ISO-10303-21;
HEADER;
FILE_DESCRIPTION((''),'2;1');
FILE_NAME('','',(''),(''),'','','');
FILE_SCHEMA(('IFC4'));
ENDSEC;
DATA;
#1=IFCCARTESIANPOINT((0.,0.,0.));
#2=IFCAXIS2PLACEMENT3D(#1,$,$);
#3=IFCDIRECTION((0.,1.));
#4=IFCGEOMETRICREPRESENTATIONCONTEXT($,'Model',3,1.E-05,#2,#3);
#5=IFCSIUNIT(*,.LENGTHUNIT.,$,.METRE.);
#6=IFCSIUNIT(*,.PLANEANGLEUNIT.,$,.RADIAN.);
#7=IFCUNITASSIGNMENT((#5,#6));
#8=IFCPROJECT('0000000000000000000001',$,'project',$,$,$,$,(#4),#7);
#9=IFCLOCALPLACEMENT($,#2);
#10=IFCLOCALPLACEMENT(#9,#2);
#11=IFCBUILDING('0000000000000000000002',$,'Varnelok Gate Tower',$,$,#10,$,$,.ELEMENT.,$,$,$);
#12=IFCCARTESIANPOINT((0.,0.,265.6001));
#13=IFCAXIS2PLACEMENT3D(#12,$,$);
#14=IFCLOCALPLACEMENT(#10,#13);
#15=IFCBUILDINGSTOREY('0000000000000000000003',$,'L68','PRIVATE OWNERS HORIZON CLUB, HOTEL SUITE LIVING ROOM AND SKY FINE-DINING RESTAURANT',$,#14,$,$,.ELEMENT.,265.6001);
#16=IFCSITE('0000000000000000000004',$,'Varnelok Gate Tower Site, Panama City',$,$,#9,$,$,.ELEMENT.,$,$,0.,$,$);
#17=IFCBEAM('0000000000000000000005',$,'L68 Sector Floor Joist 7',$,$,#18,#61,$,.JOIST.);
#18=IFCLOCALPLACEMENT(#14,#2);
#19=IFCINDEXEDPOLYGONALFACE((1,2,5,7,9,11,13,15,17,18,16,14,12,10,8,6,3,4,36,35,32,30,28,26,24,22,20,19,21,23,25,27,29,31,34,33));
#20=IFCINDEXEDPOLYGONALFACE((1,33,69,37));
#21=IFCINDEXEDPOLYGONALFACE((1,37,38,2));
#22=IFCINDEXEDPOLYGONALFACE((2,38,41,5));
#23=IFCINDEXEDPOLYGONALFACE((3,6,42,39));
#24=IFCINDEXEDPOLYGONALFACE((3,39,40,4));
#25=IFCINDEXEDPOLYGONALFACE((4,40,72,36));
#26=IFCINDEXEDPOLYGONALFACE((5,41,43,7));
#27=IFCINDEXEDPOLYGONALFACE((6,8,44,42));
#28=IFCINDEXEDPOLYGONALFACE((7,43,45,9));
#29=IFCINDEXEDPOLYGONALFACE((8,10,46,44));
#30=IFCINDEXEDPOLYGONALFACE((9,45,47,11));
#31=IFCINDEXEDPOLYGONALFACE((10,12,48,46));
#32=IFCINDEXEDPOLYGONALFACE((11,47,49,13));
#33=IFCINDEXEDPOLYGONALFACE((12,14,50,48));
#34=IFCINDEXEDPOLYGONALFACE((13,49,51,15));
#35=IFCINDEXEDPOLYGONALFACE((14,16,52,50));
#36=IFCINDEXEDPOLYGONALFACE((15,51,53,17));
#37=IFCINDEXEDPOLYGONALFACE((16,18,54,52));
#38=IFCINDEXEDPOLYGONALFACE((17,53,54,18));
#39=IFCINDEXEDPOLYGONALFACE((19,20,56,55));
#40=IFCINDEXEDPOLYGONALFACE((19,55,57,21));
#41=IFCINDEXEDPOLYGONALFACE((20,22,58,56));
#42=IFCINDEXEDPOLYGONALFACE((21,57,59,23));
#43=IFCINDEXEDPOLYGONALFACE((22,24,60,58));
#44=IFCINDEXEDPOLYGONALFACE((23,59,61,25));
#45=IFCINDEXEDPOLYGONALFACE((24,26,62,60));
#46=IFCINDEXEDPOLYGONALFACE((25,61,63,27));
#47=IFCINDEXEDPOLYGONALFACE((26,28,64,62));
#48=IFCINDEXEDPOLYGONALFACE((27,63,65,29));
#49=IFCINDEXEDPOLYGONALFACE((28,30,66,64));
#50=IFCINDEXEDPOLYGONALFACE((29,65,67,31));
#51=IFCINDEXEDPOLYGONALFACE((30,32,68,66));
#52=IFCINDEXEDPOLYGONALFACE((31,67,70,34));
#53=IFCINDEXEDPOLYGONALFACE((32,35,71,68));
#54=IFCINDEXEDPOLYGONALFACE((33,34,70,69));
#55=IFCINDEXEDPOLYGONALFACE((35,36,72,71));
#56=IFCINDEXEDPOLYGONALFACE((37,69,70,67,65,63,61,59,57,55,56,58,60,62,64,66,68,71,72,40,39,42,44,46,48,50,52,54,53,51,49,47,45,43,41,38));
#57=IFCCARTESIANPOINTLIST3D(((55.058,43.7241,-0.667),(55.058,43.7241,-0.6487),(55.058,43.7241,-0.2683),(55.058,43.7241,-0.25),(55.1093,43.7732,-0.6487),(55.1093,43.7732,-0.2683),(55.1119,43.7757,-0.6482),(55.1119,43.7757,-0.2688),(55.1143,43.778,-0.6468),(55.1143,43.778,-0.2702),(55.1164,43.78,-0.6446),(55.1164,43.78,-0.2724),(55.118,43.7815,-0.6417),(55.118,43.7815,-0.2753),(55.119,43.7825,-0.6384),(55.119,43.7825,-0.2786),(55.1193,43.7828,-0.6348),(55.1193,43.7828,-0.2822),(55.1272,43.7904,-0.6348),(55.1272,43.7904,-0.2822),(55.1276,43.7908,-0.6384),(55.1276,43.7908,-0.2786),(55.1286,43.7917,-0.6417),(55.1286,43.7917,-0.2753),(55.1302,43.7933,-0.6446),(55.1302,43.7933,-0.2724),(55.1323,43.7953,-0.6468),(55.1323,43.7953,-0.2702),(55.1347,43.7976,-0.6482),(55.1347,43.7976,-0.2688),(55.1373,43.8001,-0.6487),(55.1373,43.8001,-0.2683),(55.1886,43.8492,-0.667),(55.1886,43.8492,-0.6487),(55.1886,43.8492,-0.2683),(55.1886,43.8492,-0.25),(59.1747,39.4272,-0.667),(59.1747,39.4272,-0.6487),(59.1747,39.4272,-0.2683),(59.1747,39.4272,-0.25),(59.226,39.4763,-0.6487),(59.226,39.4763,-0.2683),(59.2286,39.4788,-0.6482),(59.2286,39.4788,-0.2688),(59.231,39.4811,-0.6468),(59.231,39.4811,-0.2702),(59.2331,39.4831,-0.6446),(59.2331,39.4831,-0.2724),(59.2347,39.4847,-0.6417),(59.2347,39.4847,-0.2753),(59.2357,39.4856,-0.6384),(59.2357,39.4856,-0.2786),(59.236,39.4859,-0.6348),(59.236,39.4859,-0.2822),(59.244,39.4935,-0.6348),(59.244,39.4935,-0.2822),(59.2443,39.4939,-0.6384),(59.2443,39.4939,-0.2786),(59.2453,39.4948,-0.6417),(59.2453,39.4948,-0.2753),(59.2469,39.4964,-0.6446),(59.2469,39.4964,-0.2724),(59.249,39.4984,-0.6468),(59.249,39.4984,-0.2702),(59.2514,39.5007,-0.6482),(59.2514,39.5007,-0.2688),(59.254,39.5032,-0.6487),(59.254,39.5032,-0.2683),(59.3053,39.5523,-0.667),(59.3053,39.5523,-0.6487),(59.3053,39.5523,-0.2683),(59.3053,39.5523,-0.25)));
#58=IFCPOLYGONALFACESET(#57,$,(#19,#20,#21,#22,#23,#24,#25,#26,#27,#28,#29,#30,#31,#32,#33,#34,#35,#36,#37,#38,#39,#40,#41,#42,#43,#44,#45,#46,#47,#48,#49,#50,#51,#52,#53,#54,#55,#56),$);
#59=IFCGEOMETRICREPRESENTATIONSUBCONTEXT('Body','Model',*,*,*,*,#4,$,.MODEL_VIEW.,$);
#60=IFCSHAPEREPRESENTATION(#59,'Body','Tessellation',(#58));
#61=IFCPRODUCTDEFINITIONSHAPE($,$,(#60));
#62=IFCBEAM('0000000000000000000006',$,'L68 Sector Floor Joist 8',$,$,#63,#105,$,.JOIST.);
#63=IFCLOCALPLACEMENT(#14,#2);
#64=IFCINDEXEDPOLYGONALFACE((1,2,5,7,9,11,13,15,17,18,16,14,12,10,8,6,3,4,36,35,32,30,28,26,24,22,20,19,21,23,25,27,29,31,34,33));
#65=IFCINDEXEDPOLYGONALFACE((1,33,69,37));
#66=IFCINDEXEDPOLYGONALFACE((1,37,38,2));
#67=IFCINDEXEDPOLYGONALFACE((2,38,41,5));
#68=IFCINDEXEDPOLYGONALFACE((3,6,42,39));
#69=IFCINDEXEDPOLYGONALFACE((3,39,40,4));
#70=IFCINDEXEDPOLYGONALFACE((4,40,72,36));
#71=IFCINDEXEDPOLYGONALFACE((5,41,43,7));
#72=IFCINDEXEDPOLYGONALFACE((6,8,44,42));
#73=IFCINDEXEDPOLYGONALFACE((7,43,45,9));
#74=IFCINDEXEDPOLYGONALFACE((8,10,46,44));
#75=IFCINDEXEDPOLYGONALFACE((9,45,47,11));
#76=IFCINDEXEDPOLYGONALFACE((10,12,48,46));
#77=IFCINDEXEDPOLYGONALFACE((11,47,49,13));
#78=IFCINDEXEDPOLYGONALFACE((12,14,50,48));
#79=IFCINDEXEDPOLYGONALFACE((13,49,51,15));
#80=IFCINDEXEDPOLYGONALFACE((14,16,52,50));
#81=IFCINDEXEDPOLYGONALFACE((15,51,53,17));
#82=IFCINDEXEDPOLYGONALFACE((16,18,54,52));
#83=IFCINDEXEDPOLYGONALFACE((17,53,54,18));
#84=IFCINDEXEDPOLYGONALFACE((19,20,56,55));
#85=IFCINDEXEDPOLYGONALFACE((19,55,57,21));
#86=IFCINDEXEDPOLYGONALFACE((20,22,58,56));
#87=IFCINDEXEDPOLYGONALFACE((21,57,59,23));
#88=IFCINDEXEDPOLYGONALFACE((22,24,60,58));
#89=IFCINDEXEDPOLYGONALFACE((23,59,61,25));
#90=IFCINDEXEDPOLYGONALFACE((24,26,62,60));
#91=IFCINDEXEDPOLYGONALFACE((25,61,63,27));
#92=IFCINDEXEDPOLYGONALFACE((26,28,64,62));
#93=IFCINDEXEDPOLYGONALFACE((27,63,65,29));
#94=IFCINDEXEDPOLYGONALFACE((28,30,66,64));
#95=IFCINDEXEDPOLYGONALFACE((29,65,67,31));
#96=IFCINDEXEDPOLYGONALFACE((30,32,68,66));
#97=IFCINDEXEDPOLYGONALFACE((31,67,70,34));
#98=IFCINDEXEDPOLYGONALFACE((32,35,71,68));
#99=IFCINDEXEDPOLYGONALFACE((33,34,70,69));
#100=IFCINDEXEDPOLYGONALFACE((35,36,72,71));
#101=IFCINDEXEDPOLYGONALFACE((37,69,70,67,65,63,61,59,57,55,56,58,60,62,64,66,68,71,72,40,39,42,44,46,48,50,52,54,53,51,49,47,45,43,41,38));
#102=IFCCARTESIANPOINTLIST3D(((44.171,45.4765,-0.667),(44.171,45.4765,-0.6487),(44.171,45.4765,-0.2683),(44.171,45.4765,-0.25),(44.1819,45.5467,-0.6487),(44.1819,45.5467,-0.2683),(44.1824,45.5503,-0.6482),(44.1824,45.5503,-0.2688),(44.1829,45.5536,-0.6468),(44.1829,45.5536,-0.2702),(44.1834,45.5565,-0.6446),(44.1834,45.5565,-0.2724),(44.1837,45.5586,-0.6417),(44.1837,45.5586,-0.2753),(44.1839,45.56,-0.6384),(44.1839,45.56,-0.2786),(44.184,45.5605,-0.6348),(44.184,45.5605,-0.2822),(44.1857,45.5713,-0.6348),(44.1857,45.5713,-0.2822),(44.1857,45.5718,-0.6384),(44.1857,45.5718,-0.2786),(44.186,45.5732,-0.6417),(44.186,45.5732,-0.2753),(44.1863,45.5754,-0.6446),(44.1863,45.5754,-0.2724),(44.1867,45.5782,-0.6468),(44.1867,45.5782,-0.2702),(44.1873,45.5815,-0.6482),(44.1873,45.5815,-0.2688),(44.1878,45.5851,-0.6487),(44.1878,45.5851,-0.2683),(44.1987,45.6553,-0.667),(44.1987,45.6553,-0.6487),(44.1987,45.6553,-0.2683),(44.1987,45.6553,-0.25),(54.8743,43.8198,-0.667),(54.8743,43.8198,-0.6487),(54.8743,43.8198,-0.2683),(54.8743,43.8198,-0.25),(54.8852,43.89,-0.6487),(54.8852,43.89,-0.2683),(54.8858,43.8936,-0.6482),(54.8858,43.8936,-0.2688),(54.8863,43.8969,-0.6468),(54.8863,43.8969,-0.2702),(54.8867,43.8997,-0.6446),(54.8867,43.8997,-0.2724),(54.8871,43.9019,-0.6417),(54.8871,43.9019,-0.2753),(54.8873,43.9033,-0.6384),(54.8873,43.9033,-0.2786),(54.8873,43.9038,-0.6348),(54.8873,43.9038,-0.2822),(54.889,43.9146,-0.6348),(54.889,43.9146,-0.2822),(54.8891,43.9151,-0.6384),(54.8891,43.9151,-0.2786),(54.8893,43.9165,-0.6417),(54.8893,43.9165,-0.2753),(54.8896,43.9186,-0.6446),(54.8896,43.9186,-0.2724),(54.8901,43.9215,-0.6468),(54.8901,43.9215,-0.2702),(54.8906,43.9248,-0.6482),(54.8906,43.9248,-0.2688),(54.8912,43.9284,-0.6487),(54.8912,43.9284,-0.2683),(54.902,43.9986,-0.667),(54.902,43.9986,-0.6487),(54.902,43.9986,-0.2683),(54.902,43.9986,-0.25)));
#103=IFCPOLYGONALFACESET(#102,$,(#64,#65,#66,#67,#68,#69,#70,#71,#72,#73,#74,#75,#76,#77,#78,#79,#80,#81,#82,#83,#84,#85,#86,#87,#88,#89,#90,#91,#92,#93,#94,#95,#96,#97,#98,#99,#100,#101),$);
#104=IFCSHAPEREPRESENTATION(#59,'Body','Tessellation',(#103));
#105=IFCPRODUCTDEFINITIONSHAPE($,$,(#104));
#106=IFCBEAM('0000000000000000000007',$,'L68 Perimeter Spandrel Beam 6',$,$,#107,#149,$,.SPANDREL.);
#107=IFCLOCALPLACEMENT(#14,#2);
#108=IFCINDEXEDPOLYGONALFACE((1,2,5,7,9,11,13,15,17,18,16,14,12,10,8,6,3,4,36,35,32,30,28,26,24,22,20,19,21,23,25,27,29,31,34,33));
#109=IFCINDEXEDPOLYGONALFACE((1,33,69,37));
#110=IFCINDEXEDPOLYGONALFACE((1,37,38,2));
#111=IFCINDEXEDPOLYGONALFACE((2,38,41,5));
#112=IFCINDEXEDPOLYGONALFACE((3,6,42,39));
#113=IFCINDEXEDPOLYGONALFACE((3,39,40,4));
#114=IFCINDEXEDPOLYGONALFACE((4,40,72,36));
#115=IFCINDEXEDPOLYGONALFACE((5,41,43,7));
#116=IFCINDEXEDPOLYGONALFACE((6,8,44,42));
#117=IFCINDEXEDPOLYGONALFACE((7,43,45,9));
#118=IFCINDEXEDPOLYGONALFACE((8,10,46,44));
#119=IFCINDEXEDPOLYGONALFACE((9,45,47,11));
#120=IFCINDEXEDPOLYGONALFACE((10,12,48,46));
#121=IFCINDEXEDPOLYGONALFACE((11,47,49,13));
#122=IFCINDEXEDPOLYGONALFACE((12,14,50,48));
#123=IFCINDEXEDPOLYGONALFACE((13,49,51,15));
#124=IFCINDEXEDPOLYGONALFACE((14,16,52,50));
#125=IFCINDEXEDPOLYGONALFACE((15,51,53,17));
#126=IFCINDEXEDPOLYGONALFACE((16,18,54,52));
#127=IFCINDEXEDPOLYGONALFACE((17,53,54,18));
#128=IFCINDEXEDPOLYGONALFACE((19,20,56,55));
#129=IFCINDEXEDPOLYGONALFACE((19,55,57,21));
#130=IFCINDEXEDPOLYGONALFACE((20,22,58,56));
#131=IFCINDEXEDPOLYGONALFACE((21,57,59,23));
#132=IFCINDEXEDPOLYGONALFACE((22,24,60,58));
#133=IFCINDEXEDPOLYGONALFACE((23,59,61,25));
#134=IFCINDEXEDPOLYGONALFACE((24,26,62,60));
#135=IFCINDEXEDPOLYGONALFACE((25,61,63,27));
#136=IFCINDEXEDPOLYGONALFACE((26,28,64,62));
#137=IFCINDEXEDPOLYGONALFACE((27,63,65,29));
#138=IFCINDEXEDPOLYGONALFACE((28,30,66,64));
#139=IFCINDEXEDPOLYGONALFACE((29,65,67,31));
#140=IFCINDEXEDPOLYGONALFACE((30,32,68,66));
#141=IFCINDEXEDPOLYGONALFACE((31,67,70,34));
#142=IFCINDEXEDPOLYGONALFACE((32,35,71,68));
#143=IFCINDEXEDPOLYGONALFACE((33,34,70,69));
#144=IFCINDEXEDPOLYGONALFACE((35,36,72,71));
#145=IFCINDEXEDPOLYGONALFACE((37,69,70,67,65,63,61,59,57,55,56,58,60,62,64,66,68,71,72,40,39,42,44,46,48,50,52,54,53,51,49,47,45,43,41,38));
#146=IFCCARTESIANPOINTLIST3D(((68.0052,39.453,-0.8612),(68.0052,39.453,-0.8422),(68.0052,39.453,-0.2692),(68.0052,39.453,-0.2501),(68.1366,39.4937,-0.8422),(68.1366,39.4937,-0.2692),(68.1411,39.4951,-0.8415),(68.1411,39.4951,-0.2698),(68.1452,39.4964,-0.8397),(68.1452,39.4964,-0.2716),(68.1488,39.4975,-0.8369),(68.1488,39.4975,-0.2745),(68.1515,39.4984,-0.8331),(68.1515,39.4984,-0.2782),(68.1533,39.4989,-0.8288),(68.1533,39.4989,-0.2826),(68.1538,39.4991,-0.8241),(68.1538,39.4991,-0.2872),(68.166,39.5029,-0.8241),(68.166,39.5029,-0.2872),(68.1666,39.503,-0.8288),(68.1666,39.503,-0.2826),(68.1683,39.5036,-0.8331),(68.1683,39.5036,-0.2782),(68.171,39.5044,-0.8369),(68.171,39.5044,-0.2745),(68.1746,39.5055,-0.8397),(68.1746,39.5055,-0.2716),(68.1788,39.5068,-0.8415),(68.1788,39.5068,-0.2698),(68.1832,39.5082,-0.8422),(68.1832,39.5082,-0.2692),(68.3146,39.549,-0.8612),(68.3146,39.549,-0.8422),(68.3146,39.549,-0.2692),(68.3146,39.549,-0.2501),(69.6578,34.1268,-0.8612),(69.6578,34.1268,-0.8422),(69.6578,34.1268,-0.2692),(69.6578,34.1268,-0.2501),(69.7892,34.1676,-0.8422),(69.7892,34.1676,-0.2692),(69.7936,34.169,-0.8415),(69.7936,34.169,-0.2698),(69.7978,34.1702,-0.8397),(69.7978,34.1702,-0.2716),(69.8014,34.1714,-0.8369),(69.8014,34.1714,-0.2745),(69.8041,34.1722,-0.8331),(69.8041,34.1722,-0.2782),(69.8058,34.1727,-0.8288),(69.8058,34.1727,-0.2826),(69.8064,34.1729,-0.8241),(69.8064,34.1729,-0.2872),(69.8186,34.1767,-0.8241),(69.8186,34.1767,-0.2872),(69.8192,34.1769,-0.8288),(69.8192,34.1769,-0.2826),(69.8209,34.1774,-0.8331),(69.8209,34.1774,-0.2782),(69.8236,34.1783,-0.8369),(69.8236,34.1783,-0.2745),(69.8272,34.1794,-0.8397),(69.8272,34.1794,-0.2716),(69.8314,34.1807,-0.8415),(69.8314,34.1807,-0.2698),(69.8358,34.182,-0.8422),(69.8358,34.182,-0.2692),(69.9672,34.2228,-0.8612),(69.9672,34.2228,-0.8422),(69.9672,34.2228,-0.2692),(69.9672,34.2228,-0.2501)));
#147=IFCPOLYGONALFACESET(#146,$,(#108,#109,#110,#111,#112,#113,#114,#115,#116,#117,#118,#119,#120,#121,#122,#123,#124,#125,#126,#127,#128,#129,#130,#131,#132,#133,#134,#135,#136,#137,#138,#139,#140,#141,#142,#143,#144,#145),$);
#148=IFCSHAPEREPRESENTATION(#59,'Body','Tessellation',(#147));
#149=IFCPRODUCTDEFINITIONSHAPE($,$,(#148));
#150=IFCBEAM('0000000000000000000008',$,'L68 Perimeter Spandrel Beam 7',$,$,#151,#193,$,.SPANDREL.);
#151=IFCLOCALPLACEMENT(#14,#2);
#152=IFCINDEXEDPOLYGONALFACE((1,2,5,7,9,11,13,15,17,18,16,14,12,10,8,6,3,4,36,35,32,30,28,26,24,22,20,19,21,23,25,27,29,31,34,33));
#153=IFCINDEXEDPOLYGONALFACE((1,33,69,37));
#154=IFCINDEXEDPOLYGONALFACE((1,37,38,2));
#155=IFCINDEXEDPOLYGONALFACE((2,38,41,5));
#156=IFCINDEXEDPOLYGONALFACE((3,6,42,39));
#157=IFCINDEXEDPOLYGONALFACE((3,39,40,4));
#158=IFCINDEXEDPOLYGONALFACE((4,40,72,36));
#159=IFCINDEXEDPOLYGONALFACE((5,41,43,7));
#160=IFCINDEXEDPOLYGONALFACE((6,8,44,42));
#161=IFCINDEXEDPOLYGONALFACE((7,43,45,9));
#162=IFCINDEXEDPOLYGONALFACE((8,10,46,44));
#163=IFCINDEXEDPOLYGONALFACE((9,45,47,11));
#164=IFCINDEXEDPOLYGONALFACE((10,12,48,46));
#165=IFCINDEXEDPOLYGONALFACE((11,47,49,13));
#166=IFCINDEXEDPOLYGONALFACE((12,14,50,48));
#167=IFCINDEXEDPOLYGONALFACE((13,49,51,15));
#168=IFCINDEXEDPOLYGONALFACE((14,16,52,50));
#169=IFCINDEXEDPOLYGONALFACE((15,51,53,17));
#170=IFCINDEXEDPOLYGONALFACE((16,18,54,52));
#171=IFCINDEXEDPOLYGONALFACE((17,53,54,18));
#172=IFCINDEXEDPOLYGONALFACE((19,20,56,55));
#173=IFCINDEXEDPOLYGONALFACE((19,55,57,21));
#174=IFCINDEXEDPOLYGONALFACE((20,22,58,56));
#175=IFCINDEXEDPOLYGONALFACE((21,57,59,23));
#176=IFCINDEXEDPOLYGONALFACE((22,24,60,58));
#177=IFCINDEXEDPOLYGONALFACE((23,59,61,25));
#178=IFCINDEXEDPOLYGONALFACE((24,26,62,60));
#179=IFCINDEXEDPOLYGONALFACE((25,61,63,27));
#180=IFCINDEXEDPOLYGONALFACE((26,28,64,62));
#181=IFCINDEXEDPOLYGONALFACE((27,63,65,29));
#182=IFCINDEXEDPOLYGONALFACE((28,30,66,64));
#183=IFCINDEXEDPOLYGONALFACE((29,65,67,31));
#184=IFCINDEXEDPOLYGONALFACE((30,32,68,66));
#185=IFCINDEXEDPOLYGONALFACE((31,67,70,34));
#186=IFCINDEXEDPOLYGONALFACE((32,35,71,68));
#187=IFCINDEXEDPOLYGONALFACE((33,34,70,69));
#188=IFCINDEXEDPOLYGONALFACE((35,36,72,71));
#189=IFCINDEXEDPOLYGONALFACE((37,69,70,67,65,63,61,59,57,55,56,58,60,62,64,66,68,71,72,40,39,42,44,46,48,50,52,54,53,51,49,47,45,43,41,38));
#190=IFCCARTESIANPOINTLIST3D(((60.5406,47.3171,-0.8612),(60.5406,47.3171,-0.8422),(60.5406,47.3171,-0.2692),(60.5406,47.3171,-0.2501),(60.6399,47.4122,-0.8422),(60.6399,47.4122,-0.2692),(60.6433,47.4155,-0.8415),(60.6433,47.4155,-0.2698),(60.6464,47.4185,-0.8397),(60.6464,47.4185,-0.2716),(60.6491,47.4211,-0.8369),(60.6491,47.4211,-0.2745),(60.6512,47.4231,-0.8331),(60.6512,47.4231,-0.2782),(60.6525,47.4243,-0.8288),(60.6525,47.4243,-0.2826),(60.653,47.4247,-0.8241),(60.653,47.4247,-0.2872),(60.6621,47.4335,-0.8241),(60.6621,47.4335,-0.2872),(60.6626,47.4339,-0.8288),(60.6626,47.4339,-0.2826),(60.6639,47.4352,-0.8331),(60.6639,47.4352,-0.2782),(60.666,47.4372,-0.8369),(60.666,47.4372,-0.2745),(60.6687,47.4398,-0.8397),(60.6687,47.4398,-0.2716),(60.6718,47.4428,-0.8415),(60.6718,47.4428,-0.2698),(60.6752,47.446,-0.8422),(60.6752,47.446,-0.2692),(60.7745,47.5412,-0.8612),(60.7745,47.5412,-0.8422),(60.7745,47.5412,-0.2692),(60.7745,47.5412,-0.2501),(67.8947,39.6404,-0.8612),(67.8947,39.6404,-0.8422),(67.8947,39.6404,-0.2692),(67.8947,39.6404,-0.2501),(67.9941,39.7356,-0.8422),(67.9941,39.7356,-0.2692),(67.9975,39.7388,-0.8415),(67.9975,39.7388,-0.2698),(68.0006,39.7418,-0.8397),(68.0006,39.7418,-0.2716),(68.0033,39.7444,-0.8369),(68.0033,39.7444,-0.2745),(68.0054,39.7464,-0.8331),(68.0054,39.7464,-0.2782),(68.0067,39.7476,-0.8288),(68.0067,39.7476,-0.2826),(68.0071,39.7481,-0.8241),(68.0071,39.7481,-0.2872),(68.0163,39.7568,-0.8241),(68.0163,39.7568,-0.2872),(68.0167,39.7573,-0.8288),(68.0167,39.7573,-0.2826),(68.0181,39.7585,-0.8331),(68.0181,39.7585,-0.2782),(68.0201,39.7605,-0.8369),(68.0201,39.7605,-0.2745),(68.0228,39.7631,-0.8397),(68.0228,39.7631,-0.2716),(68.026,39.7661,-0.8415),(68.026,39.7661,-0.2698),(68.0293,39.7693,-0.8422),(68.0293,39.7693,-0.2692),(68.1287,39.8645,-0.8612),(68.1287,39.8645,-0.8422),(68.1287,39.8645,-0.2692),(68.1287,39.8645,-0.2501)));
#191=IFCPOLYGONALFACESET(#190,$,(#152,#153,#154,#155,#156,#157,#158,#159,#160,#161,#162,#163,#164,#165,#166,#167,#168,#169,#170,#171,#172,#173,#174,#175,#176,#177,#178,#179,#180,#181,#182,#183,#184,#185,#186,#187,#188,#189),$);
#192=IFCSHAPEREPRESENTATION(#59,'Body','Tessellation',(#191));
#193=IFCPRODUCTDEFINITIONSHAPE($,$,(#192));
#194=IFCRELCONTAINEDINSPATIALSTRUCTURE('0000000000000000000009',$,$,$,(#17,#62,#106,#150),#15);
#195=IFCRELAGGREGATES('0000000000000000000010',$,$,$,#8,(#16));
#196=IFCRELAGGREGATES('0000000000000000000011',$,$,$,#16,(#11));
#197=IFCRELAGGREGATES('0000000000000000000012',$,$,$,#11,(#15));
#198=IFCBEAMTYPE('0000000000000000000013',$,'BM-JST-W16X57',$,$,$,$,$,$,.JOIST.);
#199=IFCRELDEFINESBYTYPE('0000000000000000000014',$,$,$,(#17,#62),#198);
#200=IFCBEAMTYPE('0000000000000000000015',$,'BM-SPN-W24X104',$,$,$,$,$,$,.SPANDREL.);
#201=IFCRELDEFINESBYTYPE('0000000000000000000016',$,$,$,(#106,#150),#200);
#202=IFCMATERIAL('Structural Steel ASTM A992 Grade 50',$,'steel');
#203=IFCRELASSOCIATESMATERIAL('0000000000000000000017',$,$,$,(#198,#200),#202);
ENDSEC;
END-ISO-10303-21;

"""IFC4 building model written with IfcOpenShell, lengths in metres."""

from ifc_helpers import new_model, si_unit, direction, frame, origin, origin_2d, place, context, subcontext, project, spatial, i_section, extrude, material, material_profile, profile_set, type_object, element, save


model = new_model("IFC4")

# Units and contexts
model_context = context("Model", 3, precision=1e-05, world=origin(), true_north=direction((0.0, 1.0)))
body_context = subcontext(model_context, "Body", "Model", "MODEL_VIEW")
ifc_project = project(units=[si_unit("LENGTHUNIT", "METRE"), si_unit("PLANEANGLEUNIT", "RADIAN")], contexts=[model_context])

# Site, building, storey
site_placement = place(None, origin())
site = spatial("IfcSite", under=ifc_project, at=site_placement, Name="Varnelok Gate Tower Site, Panama City", CompositionType="ELEMENT", RefElevation=0.0)
building_placement = place(site_placement, origin())
building = spatial("IfcBuilding", under=site, at=building_placement, Name="Varnelok Gate Tower", CompositionType="ELEMENT")
storey_placement = place(building_placement, frame((0.0, 0.0, 265.6001)))
storey = spatial("IfcBuildingStorey", under=building, at=storey_placement, Name="L68", Description="PRIVATE OWNERS HORIZON CLUB, HOTEL SUITE LIVING ROOM AND SKY FINE-DINING RESTAURANT", CompositionType="ELEMENT", Elevation=265.6001)

# Shared definitions
ifc_material_1 = material(Name="Structural Steel ASTM A992 Grade 50", Category="steel")

# Beams
ifc_material_profile_1 = material_profile(ifc_material_1, i_section(OverallWidth=0.1809, OverallDepth=0.417, WebThickness=0.011, FlangeThickness=0.0183, FilletRadius=0.0139, at=origin_2d()), Name="W16X57")
ifc_profile_set_1 = profile_set([ifc_material_profile_1], Name="Structural Steel ASTM A992 Grade 50")
beam_type_1 = type_object("IfcBeamType", Name="BM-JST-W16X57", PredefinedType="JOIST", material=ifc_profile_set_1)
beam_1_placement = place(storey_placement, frame((59.24, 39.4897, -0.4585), z_axis=(-0.691806, 0.722084, 0.0), x_axis=(-0.722084, -0.691806, 0.0)))
element("IfcBeam", 1, at=beam_1_placement, inside=storey, type_object=beam_type_1, Name="L68 Sector Floor Joist 7", PredefinedType="JOIST", context=body_context, shape_type="SweptSolid", body=[
    extrude(i_section(OverallWidth=0.1809, OverallDepth=0.417, WebThickness=0.011, FlangeThickness=0.0183, FilletRadius=0.0139, at=origin_2d()), origin(), (0.0, 0.0, 1.0), 5.9507),
])
beam_2_placement = place(storey_placement, frame((54.8882, 43.9092, -0.4585), z_axis=(-0.988232, 0.152965, 0.0), x_axis=(-0.152965, -0.988232, 0.0)))
element("IfcBeam", 2, at=beam_2_placement, inside=storey, type_object=beam_type_1, Name="L68 Sector Floor Joist 8", PredefinedType="JOIST", context=body_context, shape_type="SweptSolid", body=[
    extrude(i_section(OverallWidth=0.1809, OverallDepth=0.417, WebThickness=0.011, FlangeThickness=0.0183, FilletRadius=0.0139, at=origin_2d()), origin(), (0.0, 0.0, 1.0), 10.8308),
])
ifc_material_profile_2 = material_profile(ifc_material_1, i_section(OverallWidth=0.324, OverallDepth=0.6111, WebThickness=0.0127, FlangeThickness=0.019, FilletRadius=0.0181, at=origin_2d()), Name="W24X104")
ifc_profile_set_2 = profile_set([ifc_material_profile_2], Name="Structural Steel ASTM A992 Grade 50")
beam_type_2 = type_object("IfcBeamType", Name="BM-SPN-W24X104", PredefinedType="SPANDREL", material=ifc_profile_set_2)
beam_3_placement = place(storey_placement, frame((69.8125, 34.1748, -0.5557), z_axis=(-0.29634, 0.955083, 0.0), x_axis=(-0.955083, -0.29634, 0.0)))
element("IfcBeam", 3, at=beam_3_placement, inside=storey, type_object=beam_type_2, Name="L68 Perimeter Spandrel Beam 6", PredefinedType="SPANDREL", context=body_context, shape_type="SweptSolid", body=[
    extrude(i_section(OverallWidth=0.324, OverallDepth=0.6111, WebThickness=0.0127, FlangeThickness=0.019, FilletRadius=0.0181, at=origin_2d()), origin(), (0.0, 0.0, 1.0), 5.5767),
])
beam_4_placement = place(storey_placement, frame((68.0117, 39.7524, -0.5557), z_axis=(-0.691776, 0.722112, 0.0), x_axis=(-0.722112, -0.691776, 0.0)))
element("IfcBeam", 4, at=beam_4_placement, inside=storey, type_object=beam_type_2, Name="L68 Perimeter Spandrel Beam 7", PredefinedType="SPANDREL", context=body_context, shape_type="SweptSolid", body=[
    extrude(i_section(OverallWidth=0.324, OverallDepth=0.6111, WebThickness=0.0127, FlangeThickness=0.019, FilletRadius=0.0181, at=origin_2d()), origin(), (0.0, 0.0, 1.0), 10.6309),
])

save(model, "model.ifc")
